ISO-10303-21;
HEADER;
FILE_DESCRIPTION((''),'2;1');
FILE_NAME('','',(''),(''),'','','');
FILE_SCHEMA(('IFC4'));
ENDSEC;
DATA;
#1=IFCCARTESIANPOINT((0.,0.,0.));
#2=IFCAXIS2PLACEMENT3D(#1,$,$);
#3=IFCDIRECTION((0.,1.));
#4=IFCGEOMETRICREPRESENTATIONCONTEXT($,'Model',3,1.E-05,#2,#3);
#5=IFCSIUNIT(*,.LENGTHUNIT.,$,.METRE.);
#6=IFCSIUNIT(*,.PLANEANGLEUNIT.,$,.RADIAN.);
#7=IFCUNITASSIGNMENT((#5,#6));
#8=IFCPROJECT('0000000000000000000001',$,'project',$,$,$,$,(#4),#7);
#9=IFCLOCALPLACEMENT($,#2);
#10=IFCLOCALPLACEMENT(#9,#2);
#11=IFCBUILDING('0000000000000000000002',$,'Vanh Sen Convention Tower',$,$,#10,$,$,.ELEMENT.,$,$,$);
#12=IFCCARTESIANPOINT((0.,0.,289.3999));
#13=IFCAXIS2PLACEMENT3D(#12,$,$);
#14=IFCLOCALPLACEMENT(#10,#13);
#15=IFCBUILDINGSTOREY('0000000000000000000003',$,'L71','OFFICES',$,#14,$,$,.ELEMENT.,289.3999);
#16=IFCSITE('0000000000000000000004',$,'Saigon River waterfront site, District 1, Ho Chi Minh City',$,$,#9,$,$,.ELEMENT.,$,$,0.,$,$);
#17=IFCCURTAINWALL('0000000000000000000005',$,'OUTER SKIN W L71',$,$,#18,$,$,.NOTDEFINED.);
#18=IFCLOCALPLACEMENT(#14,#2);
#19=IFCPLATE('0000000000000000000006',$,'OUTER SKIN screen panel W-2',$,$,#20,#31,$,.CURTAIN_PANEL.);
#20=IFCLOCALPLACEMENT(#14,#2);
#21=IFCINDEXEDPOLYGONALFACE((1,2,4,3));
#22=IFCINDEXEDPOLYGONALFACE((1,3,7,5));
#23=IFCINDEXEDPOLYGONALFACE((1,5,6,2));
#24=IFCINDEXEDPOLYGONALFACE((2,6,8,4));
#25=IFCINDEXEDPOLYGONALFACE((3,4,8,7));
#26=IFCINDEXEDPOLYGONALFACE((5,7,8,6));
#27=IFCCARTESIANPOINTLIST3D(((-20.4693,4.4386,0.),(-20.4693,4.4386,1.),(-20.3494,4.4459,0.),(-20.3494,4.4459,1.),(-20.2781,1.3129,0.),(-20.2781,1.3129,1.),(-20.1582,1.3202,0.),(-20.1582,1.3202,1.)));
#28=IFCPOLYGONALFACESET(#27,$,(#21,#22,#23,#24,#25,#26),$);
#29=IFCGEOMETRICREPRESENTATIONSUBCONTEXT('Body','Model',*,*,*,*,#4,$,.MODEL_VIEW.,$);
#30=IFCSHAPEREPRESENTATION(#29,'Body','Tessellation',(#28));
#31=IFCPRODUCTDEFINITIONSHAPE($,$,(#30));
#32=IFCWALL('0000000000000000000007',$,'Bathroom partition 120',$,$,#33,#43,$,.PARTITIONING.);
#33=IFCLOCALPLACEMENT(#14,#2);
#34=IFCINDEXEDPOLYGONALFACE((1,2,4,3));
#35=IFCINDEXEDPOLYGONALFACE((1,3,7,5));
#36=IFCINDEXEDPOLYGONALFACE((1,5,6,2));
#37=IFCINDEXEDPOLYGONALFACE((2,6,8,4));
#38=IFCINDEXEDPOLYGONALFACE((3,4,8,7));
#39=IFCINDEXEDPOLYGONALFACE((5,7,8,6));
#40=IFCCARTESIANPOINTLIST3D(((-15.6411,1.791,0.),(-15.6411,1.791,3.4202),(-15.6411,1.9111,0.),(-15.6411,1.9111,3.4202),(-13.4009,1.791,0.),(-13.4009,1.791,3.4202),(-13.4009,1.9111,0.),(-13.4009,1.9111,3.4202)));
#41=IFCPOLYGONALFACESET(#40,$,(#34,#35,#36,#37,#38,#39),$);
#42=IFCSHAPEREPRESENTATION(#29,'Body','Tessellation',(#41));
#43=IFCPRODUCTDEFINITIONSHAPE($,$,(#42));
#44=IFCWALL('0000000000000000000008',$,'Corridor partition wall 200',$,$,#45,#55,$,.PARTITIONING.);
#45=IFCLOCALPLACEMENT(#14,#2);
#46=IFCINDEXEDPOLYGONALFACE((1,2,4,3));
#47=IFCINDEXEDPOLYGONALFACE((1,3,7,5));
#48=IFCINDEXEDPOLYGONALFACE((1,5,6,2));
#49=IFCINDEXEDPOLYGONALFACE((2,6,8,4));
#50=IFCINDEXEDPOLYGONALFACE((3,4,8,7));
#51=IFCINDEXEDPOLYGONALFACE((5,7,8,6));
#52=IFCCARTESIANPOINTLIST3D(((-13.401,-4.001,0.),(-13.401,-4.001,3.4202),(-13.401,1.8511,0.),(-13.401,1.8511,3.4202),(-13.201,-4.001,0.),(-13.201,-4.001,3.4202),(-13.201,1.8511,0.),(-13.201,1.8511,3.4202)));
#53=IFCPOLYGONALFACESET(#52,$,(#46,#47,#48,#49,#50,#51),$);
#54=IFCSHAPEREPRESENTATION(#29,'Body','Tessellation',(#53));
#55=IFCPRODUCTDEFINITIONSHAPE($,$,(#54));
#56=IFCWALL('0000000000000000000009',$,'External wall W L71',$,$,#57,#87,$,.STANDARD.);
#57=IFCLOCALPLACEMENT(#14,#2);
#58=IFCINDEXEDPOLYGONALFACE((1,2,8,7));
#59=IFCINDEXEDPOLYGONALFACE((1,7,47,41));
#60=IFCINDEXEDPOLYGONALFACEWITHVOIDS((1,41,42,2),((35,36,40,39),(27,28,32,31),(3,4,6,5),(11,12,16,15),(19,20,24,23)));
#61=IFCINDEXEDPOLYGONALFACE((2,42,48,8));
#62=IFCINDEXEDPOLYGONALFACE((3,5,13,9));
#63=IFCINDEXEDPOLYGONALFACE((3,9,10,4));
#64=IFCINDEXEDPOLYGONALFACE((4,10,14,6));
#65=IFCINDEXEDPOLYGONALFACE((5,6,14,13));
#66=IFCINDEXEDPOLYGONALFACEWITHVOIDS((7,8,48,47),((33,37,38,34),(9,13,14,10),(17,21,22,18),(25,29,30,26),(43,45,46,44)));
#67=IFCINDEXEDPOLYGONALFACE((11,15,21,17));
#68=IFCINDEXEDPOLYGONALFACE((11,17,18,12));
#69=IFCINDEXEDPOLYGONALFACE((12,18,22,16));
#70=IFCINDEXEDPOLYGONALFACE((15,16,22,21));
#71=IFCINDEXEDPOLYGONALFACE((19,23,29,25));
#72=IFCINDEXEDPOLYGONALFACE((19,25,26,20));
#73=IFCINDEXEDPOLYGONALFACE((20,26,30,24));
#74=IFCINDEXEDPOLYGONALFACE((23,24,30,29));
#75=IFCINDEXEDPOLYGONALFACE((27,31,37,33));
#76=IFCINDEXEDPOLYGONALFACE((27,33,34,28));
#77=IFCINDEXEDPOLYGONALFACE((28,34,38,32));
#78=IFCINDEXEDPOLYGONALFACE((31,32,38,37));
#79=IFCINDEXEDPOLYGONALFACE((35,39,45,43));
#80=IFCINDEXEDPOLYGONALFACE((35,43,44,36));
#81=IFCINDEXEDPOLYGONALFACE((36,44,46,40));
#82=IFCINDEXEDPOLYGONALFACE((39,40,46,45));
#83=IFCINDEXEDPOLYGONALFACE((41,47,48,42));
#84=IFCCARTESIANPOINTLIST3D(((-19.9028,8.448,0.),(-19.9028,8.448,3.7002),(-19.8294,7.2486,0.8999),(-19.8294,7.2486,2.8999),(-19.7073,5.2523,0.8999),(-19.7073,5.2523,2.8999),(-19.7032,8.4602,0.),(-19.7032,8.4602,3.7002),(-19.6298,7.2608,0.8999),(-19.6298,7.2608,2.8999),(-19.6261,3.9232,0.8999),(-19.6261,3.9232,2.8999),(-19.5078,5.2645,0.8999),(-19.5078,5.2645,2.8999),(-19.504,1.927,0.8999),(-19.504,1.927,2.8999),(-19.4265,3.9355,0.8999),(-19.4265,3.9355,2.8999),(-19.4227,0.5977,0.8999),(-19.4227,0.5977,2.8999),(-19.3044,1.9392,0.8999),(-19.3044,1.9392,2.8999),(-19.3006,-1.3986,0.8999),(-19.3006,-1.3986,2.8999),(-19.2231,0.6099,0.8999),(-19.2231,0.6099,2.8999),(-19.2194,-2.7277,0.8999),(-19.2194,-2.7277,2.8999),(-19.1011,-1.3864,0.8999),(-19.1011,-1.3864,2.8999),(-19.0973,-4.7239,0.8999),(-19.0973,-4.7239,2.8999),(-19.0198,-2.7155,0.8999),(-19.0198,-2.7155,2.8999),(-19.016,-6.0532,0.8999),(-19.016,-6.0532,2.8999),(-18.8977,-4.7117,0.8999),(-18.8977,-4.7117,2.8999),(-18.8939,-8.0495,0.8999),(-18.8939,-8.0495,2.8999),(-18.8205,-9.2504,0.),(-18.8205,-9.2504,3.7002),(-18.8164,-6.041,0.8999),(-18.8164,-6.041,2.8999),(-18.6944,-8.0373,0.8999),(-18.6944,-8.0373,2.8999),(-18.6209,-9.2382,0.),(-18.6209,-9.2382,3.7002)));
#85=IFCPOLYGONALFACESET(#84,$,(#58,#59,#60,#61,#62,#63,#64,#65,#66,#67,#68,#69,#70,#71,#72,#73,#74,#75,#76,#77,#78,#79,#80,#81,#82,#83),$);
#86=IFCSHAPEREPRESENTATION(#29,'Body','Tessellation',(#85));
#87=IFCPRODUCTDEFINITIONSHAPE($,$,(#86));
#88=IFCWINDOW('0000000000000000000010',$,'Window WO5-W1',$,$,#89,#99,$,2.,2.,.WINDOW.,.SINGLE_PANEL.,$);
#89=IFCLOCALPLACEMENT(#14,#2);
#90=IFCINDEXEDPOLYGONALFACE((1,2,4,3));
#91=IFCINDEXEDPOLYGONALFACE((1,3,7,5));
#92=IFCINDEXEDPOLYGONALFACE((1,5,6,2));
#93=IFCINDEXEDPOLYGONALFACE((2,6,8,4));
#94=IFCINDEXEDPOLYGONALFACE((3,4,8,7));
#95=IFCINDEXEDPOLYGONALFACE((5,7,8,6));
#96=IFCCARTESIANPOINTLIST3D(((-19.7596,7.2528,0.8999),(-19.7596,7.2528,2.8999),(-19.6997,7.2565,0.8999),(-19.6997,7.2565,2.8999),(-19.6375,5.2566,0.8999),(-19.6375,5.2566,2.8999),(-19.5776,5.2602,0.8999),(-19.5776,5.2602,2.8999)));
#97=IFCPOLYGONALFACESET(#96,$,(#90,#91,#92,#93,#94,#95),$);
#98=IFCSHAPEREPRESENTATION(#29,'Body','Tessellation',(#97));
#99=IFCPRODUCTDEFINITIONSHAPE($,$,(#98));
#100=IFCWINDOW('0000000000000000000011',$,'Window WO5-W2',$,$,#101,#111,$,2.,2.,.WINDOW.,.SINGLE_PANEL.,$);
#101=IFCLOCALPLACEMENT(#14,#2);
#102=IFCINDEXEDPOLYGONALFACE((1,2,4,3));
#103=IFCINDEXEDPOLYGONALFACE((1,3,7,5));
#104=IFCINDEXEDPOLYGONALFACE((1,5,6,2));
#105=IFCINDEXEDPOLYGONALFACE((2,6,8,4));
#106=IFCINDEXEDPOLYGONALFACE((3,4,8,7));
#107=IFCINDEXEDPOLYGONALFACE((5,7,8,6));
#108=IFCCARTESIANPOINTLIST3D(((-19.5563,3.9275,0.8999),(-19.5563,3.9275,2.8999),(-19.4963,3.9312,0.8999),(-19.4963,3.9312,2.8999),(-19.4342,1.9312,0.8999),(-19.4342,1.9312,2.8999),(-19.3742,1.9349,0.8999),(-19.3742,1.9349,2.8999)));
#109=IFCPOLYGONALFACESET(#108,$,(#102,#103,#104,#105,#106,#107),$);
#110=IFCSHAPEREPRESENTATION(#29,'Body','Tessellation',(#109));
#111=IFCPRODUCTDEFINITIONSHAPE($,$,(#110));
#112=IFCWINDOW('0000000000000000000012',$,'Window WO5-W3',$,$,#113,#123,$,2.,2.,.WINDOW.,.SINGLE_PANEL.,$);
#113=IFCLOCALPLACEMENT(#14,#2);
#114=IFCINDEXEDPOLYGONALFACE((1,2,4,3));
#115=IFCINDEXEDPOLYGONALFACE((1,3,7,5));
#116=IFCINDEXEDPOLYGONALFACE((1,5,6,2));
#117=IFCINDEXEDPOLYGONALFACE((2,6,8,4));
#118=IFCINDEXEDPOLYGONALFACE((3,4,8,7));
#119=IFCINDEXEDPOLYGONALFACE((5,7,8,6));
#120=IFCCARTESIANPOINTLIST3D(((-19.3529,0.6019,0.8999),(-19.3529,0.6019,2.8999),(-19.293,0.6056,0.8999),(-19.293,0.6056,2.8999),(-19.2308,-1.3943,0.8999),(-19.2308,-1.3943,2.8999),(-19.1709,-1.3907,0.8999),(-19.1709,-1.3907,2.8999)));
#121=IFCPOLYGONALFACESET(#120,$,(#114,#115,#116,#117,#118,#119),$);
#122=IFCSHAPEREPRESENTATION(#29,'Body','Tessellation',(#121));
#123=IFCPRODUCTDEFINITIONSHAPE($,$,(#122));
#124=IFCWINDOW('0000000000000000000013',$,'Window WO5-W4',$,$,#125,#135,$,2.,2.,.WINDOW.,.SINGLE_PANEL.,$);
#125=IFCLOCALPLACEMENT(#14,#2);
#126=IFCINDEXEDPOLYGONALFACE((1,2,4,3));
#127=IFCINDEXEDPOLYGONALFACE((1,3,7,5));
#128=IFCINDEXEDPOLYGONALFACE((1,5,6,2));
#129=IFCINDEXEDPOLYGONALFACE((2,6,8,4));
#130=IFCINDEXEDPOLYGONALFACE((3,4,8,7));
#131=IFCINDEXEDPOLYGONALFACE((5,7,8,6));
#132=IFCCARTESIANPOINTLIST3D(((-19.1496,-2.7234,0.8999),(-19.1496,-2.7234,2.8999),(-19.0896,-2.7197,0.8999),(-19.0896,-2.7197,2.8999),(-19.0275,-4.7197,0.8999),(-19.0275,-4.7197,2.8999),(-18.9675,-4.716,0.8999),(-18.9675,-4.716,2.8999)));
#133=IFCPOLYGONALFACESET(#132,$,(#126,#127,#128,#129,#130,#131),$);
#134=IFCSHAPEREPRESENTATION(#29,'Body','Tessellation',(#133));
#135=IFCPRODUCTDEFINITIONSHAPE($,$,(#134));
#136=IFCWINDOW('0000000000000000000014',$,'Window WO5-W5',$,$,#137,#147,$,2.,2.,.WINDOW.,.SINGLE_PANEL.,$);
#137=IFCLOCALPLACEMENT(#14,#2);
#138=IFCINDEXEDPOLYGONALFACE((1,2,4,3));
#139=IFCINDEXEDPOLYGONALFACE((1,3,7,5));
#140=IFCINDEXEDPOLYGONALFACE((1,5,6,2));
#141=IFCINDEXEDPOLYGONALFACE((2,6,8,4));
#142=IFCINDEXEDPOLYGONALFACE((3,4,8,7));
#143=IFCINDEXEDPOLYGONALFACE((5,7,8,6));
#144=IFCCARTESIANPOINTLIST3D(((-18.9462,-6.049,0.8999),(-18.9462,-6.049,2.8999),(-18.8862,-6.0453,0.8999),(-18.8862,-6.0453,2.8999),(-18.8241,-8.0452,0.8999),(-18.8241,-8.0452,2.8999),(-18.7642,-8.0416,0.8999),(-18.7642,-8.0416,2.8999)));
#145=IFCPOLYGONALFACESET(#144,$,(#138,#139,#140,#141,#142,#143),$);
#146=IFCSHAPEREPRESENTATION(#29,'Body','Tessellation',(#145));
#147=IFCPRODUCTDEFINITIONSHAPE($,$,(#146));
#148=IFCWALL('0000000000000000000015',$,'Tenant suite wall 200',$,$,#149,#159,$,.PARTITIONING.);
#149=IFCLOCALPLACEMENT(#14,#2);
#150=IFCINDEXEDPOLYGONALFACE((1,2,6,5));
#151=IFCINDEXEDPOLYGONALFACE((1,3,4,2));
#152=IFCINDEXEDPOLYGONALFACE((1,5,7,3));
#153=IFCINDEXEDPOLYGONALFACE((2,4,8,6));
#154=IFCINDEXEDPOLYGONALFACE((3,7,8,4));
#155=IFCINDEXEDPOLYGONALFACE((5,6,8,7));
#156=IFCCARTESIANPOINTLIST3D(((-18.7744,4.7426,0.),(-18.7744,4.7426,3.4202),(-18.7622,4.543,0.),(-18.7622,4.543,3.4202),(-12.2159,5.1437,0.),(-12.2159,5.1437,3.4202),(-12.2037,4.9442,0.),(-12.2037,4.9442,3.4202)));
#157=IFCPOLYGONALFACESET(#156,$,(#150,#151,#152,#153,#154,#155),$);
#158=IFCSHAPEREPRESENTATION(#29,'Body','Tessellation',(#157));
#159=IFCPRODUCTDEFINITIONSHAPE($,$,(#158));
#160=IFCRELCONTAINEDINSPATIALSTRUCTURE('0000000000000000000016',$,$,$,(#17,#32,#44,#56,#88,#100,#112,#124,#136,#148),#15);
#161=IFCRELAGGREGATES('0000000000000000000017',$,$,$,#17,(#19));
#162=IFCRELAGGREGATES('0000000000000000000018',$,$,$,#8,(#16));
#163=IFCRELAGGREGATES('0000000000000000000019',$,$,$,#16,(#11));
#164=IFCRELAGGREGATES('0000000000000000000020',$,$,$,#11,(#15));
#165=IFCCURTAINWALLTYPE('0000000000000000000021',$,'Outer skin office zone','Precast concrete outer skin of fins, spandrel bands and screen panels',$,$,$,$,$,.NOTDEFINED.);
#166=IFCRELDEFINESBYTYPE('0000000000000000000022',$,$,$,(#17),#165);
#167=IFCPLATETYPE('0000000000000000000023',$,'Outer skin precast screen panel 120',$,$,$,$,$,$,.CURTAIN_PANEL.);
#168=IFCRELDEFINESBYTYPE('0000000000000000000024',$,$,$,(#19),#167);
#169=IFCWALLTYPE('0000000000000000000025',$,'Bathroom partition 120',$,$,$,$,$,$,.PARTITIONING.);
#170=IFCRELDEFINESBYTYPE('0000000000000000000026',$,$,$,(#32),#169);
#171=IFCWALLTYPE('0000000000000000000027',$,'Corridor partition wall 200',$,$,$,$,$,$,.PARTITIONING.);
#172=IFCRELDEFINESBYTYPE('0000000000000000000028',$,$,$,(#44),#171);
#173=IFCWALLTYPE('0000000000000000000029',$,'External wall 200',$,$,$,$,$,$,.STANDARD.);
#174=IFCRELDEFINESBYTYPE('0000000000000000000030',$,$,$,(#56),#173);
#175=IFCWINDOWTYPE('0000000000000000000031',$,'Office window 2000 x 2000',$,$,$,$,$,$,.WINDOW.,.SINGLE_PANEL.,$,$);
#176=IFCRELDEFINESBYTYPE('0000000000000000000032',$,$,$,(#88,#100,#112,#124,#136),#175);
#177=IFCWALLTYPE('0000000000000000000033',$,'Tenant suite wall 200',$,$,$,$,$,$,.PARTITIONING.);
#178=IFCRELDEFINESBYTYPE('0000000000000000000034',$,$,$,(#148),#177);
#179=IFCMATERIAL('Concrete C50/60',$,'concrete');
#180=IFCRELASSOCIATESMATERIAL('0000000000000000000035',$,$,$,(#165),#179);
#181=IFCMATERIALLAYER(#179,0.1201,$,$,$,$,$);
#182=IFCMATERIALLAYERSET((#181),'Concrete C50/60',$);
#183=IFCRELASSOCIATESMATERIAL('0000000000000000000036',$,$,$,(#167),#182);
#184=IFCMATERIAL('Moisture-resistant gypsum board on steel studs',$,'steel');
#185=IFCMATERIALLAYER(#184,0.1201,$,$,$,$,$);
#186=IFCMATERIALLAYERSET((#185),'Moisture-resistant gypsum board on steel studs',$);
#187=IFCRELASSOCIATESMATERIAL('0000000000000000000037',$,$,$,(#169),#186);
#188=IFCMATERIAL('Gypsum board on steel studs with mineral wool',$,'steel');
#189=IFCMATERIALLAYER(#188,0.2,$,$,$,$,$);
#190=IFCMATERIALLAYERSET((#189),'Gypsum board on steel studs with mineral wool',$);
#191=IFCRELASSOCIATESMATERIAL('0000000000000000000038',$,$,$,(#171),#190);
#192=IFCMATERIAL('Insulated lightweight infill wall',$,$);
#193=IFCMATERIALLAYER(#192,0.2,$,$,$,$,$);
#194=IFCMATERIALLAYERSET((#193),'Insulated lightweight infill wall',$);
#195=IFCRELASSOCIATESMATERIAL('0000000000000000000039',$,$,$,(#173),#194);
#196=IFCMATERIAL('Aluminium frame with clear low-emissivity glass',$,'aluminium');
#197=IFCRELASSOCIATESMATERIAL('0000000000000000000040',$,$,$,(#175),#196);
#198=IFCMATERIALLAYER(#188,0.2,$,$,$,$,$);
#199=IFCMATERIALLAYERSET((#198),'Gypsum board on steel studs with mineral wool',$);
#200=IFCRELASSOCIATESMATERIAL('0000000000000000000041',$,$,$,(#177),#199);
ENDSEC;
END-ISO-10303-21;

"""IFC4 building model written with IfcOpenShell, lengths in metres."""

from ifc_helpers import new_model, si_unit, direction, frame, frame_2d, origin, origin_2d, place, context, subcontext, project, spatial, rectangle, extrude, material, layer, layer_set, type_object, element, fill, aggregate, save


model = new_model("IFC4")

# Units and contexts
model_context = context("Model", 3, precision=1e-05, world=origin(), true_north=direction((0.0, 1.0)))
body_context = subcontext(model_context, "Body", "Model", "MODEL_VIEW")
ifc_project = project(units=[si_unit("LENGTHUNIT", "METRE"), si_unit("PLANEANGLEUNIT", "RADIAN")], contexts=[model_context])

# Site, building, storey
site_placement = place(None, origin())
site = spatial("IfcSite", under=ifc_project, at=site_placement, Name="Saigon River waterfront site, District 1, Ho Chi Minh City", CompositionType="ELEMENT", RefElevation=0.0)
building_placement = place(site_placement, origin())
building = spatial("IfcBuilding", under=site, at=building_placement, Name="Vanh Sen Convention Tower", CompositionType="ELEMENT")
storey_placement = place(building_placement, frame((0.0, 0.0, 289.3999)))
storey = spatial("IfcBuildingStorey", under=building, at=storey_placement, Name="L71", Description="OFFICES", CompositionType="ELEMENT", Elevation=289.3999)

# Curtain wall
ifc_material_1 = material(Name="Concrete C50/60", Category="concrete")
curtain_wall_type = type_object("IfcCurtainWallType", Name="Outer skin office zone", Description="Precast concrete outer skin of fins, spandrel bands and screen panels", PredefinedType="NOTDEFINED", material=ifc_material_1)
curtain_wall_placement = place(storey_placement, origin())
curtain_wall = element("IfcCurtainWall", 1, at=curtain_wall_placement, inside=storey, type_object=curtain_wall_type, Name="OUTER SKIN W L71", PredefinedType="NOTDEFINED")

# Plate
ifc_layer_1 = layer(ifc_material_1, 0.1201)
ifc_layer_set_1 = layer_set([ifc_layer_1], Name="Concrete C50/60")
plate_type = type_object("IfcPlateType", Name="Outer skin precast screen panel 120", PredefinedType="CURTAIN_PANEL", material=ifc_layer_set_1)
plate_1_placement = place(storey_placement, frame((-20.3137, 2.8794, 0.0), z_axis=(0.0, 0.0, 1.0), x_axis=(0.06105, -0.998135, 0.0)))
plate_1 = element("IfcPlate", 2, at=plate_1_placement, type_object=plate_type, Name="OUTER SKIN screen panel W-2", PredefinedType="CURTAIN_PANEL", context=body_context, shape_type="SweptSolid", body=[
    extrude(rectangle(XDim=3.1316, YDim=0.1201, at=origin_2d()), origin(), (0.0, 0.0, 1.0), 1.0),
])
aggregate(curtain_wall, [plate_1])

# Walls
ifc_material_2 = material(Name="Moisture-resistant gypsum board on steel studs", Category="steel")
ifc_layer_2 = layer(ifc_material_2, 0.1201)
ifc_layer_set_2 = layer_set([ifc_layer_2], Name="Moisture-resistant gypsum board on steel studs")
wall_type_1 = type_object("IfcWallType", Name="Bathroom partition 120", PredefinedType="PARTITIONING", material=ifc_layer_set_2)
wall_1_placement = place(storey_placement, frame((-15.6411, 1.8511, 0.0), z_axis=(0.0, 0.0, 1.0), x_axis=(1.0, 0.0, 0.0)))
element("IfcWall", 3, at=wall_1_placement, inside=storey, type_object=wall_type_1, Name="Bathroom partition 120", PredefinedType="PARTITIONING", context=body_context, shape_type="SweptSolid", body=[
    extrude(rectangle(XDim=2.2402, YDim=0.1201, at=frame_2d((1.1201, 0.0))), origin(), (0.0, 0.0, 1.0), 3.4202),
])
ifc_material_3 = material(Name="Gypsum board on steel studs with mineral wool", Category="steel")
ifc_layer_3 = layer(ifc_material_3, 0.2)
ifc_layer_set_3 = layer_set([ifc_layer_3], Name="Gypsum board on steel studs with mineral wool")
wall_type_2 = type_object("IfcWallType", Name="Corridor partition wall 200", PredefinedType="PARTITIONING", material=ifc_layer_set_3)
wall_2_placement = place(storey_placement, frame((-13.301, 1.8511, 0.0), z_axis=(0.0, 0.0, 1.0), x_axis=(0.0, -1.0, 0.0)))
element("IfcWall", 4, at=wall_2_placement, inside=storey, type_object=wall_type_2, Name="Corridor partition wall 200", PredefinedType="PARTITIONING", context=body_context, shape_type="SweptSolid", body=[
    extrude(rectangle(XDim=5.8521, YDim=0.2, at=frame_2d((2.926, 0.0))), origin(), (0.0, 0.0, 1.0), 3.4202),
])

# Wall, openings, windows
ifc_material_4 = material(Name="Insulated lightweight infill wall")
ifc_layer_4 = layer(ifc_material_4, 0.2)
ifc_layer_set_4 = layer_set([ifc_layer_4], Name="Insulated lightweight infill wall")
wall_type_3 = type_object("IfcWallType", Name="External wall 200", PredefinedType="STANDARD", material=ifc_layer_set_4)
wall_3_placement = place(storey_placement, frame((-19.803, 8.4541, 0.0), z_axis=(0.0, 0.0, 1.0), x_axis=(0.061037, -0.998136, 0.0)))
wall_3 = element("IfcWall", 5, at=wall_3_placement, inside=storey, type_object=wall_type_3, Name="External wall W L71", PredefinedType="STANDARD", context=body_context, shape_type="SweptSolid", body=[
    extrude(rectangle(XDim=17.7314, YDim=0.2, at=frame_2d((8.8657, 0.0))), origin(), (0.0, 0.0, 1.0), 3.7002),
])
opening_1_placement = place(wall_3_placement, frame((1.2017, 0.0, 0.8999)))
opening_1 = element("IfcOpeningElement", 6, at=opening_1_placement, cuts=wall_3, PredefinedType="OPENING", context=body_context, shape_type="SweptSolid", body=[
    extrude(rectangle(XDim=2.0, YDim=2.0, at=frame_2d((1.0, 1.0))), frame((0.0, 0.1099, 0.0), z_axis=(0.0, -1.0, 0.0), x_axis=(1.0, 0.0, 0.0)), (0.0, 0.0, 1.0), 0.22),
])
opening_2_placement = place(wall_3_placement, frame((4.5332, 0.0, 0.8999)))
opening_2 = element("IfcOpeningElement", 7, at=opening_2_placement, cuts=wall_3, PredefinedType="OPENING", context=body_context, shape_type="SweptSolid", body=[
    extrude(rectangle(XDim=2.0, YDim=2.0, at=frame_2d((1.0, 1.0))), frame((0.0, 0.1099, 0.0), z_axis=(0.0, -1.0, 0.0), x_axis=(1.0, 0.0, 0.0)), (0.0, 0.0, 1.0), 0.22),
])
opening_3_placement = place(wall_3_placement, frame((7.865, 0.0, 0.8999)))
opening_3 = element("IfcOpeningElement", 8, at=opening_3_placement, cuts=wall_3, PredefinedType="OPENING", context=body_context, shape_type="SweptSolid", body=[
    extrude(rectangle(XDim=2.0, YDim=2.0, at=frame_2d((1.0, 1.0))), frame((0.0, 0.1099, 0.0), z_axis=(0.0, -1.0, 0.0), x_axis=(1.0, 0.0, 0.0)), (0.0, 0.0, 1.0), 0.22),
])
opening_4_placement = place(wall_3_placement, frame((11.1965, 0.0, 0.8999)))
opening_4 = element("IfcOpeningElement", 9, at=opening_4_placement, cuts=wall_3, PredefinedType="OPENING", context=body_context, shape_type="SweptSolid", body=[
    extrude(rectangle(XDim=2.0, YDim=2.0, at=frame_2d((1.0, 1.0))), frame((0.0, 0.1099, 0.0), z_axis=(0.0, -1.0, 0.0), x_axis=(1.0, 0.0, 0.0)), (0.0, 0.0, 1.0), 0.22),
])
opening_5_placement = place(wall_3_placement, frame((14.5283, 0.0, 0.8999)))
opening_5 = element("IfcOpeningElement", 10, at=opening_5_placement, cuts=wall_3, PredefinedType="OPENING", context=body_context, shape_type="SweptSolid", body=[
    extrude(rectangle(XDim=2.0, YDim=2.0, at=frame_2d((1.0, 1.0))), frame((0.0, 0.1099, 0.0), z_axis=(0.0, -1.0, 0.0), x_axis=(1.0, 0.0, 0.0)), (0.0, 0.0, 1.0), 0.22),
])
ifc_material_5 = material(Name="Aluminium frame with clear low-emissivity glass", Category="aluminium")
window_type = type_object("IfcWindowType", Name="Office window 2000 x 2000", PartitioningType="SINGLE_PANEL", PredefinedType="WINDOW", material=ifc_material_5)
window_1_placement = place(opening_1_placement, origin())
window_1 = element("IfcWindow", 11, at=window_1_placement, inside=storey, type_object=window_type, Name="Window WO5-W1", OverallHeight=2.0, OverallWidth=2.0, PartitioningType="SINGLE_PANEL", PredefinedType="WINDOW", context=body_context, shape_type="SweptSolid", body=[
    extrude(rectangle(XDim=2.0, YDim=2.0, at=frame_2d((1.0, 1.0))), frame((0.0, 0.03, 0.0), z_axis=(0.0, -1.0, 0.0), x_axis=(1.0, 0.0, 0.0)), (0.0, 0.0, 1.0), 0.0601),
])
fill(opening_1, window_1)
window_2_placement = place(opening_2_placement, origin())
window_2 = element("IfcWindow", 12, at=window_2_placement, inside=storey, type_object=window_type, Name="Window WO5-W2", OverallHeight=2.0, OverallWidth=2.0, PartitioningType="SINGLE_PANEL", PredefinedType="WINDOW", context=body_context, shape_type="SweptSolid", body=[
    extrude(rectangle(XDim=2.0, YDim=2.0, at=frame_2d((1.0, 1.0))), frame((0.0, 0.03, 0.0), z_axis=(0.0, -1.0, 0.0), x_axis=(1.0, 0.0, 0.0)), (0.0, 0.0, 1.0), 0.0601),
])
fill(opening_2, window_2)
window_3_placement = place(opening_3_placement, origin())
window_3 = element("IfcWindow", 13, at=window_3_placement, inside=storey, type_object=window_type, Name="Window WO5-W3", OverallHeight=2.0, OverallWidth=2.0, PartitioningType="SINGLE_PANEL", PredefinedType="WINDOW", context=body_context, shape_type="SweptSolid", body=[
    extrude(rectangle(XDim=2.0, YDim=2.0, at=frame_2d((1.0, 1.0))), frame((0.0, 0.03, 0.0), z_axis=(0.0, -1.0, 0.0), x_axis=(1.0, 0.0, 0.0)), (0.0, 0.0, 1.0), 0.0601),
])
fill(opening_3, window_3)
window_4_placement = place(opening_4_placement, origin())
window_4 = element("IfcWindow", 14, at=window_4_placement, inside=storey, type_object=window_type, Name="Window WO5-W4", OverallHeight=2.0, OverallWidth=2.0, PartitioningType="SINGLE_PANEL", PredefinedType="WINDOW", context=body_context, shape_type="SweptSolid", body=[
    extrude(rectangle(XDim=2.0, YDim=2.0, at=frame_2d((1.0, 1.0))), frame((0.0, 0.03, 0.0), z_axis=(0.0, -1.0, 0.0), x_axis=(1.0, 0.0, 0.0)), (0.0, 0.0, 1.0), 0.0601),
])
fill(opening_4, window_4)
window_5_placement = place(opening_5_placement, origin())
window_5 = element("IfcWindow", 15, at=window_5_placement, inside=storey, type_object=window_type, Name="Window WO5-W5", OverallHeight=2.0, OverallWidth=2.0, PartitioningType="SINGLE_PANEL", PredefinedType="WINDOW", context=body_context, shape_type="SweptSolid", body=[
    extrude(rectangle(XDim=2.0, YDim=2.0, at=frame_2d((1.0, 1.0))), frame((0.0, 0.03, 0.0), z_axis=(0.0, -1.0, 0.0), x_axis=(1.0, 0.0, 0.0)), (0.0, 0.0, 1.0), 0.0601),
])
fill(opening_5, window_5)

# Wall
ifc_layer_5 = layer(ifc_material_3, 0.2)
ifc_layer_set_5 = layer_set([ifc_layer_5], Name="Gypsum board on steel studs with mineral wool")
wall_type_4 = type_object("IfcWallType", Name="Tenant suite wall 200", PredefinedType="PARTITIONING", material=ifc_layer_set_5)
wall_4_placement = place(storey_placement, frame((-18.7683, 4.6428, 0.0), z_axis=(0.0, 0.0, 1.0), x_axis=(0.998135, 0.061046, 0.0)))
element("IfcWall", 16, at=wall_4_placement, inside=storey, type_object=wall_type_4, Name="Tenant suite wall 200", PredefinedType="PARTITIONING", context=body_context, shape_type="SweptSolid", body=[
    extrude(rectangle(XDim=6.5708, YDim=0.2, at=frame_2d((3.2854, 0.0))), origin(), (0.0, 0.0, 1.0), 3.4202),
])

save(model, "model.ifc")
